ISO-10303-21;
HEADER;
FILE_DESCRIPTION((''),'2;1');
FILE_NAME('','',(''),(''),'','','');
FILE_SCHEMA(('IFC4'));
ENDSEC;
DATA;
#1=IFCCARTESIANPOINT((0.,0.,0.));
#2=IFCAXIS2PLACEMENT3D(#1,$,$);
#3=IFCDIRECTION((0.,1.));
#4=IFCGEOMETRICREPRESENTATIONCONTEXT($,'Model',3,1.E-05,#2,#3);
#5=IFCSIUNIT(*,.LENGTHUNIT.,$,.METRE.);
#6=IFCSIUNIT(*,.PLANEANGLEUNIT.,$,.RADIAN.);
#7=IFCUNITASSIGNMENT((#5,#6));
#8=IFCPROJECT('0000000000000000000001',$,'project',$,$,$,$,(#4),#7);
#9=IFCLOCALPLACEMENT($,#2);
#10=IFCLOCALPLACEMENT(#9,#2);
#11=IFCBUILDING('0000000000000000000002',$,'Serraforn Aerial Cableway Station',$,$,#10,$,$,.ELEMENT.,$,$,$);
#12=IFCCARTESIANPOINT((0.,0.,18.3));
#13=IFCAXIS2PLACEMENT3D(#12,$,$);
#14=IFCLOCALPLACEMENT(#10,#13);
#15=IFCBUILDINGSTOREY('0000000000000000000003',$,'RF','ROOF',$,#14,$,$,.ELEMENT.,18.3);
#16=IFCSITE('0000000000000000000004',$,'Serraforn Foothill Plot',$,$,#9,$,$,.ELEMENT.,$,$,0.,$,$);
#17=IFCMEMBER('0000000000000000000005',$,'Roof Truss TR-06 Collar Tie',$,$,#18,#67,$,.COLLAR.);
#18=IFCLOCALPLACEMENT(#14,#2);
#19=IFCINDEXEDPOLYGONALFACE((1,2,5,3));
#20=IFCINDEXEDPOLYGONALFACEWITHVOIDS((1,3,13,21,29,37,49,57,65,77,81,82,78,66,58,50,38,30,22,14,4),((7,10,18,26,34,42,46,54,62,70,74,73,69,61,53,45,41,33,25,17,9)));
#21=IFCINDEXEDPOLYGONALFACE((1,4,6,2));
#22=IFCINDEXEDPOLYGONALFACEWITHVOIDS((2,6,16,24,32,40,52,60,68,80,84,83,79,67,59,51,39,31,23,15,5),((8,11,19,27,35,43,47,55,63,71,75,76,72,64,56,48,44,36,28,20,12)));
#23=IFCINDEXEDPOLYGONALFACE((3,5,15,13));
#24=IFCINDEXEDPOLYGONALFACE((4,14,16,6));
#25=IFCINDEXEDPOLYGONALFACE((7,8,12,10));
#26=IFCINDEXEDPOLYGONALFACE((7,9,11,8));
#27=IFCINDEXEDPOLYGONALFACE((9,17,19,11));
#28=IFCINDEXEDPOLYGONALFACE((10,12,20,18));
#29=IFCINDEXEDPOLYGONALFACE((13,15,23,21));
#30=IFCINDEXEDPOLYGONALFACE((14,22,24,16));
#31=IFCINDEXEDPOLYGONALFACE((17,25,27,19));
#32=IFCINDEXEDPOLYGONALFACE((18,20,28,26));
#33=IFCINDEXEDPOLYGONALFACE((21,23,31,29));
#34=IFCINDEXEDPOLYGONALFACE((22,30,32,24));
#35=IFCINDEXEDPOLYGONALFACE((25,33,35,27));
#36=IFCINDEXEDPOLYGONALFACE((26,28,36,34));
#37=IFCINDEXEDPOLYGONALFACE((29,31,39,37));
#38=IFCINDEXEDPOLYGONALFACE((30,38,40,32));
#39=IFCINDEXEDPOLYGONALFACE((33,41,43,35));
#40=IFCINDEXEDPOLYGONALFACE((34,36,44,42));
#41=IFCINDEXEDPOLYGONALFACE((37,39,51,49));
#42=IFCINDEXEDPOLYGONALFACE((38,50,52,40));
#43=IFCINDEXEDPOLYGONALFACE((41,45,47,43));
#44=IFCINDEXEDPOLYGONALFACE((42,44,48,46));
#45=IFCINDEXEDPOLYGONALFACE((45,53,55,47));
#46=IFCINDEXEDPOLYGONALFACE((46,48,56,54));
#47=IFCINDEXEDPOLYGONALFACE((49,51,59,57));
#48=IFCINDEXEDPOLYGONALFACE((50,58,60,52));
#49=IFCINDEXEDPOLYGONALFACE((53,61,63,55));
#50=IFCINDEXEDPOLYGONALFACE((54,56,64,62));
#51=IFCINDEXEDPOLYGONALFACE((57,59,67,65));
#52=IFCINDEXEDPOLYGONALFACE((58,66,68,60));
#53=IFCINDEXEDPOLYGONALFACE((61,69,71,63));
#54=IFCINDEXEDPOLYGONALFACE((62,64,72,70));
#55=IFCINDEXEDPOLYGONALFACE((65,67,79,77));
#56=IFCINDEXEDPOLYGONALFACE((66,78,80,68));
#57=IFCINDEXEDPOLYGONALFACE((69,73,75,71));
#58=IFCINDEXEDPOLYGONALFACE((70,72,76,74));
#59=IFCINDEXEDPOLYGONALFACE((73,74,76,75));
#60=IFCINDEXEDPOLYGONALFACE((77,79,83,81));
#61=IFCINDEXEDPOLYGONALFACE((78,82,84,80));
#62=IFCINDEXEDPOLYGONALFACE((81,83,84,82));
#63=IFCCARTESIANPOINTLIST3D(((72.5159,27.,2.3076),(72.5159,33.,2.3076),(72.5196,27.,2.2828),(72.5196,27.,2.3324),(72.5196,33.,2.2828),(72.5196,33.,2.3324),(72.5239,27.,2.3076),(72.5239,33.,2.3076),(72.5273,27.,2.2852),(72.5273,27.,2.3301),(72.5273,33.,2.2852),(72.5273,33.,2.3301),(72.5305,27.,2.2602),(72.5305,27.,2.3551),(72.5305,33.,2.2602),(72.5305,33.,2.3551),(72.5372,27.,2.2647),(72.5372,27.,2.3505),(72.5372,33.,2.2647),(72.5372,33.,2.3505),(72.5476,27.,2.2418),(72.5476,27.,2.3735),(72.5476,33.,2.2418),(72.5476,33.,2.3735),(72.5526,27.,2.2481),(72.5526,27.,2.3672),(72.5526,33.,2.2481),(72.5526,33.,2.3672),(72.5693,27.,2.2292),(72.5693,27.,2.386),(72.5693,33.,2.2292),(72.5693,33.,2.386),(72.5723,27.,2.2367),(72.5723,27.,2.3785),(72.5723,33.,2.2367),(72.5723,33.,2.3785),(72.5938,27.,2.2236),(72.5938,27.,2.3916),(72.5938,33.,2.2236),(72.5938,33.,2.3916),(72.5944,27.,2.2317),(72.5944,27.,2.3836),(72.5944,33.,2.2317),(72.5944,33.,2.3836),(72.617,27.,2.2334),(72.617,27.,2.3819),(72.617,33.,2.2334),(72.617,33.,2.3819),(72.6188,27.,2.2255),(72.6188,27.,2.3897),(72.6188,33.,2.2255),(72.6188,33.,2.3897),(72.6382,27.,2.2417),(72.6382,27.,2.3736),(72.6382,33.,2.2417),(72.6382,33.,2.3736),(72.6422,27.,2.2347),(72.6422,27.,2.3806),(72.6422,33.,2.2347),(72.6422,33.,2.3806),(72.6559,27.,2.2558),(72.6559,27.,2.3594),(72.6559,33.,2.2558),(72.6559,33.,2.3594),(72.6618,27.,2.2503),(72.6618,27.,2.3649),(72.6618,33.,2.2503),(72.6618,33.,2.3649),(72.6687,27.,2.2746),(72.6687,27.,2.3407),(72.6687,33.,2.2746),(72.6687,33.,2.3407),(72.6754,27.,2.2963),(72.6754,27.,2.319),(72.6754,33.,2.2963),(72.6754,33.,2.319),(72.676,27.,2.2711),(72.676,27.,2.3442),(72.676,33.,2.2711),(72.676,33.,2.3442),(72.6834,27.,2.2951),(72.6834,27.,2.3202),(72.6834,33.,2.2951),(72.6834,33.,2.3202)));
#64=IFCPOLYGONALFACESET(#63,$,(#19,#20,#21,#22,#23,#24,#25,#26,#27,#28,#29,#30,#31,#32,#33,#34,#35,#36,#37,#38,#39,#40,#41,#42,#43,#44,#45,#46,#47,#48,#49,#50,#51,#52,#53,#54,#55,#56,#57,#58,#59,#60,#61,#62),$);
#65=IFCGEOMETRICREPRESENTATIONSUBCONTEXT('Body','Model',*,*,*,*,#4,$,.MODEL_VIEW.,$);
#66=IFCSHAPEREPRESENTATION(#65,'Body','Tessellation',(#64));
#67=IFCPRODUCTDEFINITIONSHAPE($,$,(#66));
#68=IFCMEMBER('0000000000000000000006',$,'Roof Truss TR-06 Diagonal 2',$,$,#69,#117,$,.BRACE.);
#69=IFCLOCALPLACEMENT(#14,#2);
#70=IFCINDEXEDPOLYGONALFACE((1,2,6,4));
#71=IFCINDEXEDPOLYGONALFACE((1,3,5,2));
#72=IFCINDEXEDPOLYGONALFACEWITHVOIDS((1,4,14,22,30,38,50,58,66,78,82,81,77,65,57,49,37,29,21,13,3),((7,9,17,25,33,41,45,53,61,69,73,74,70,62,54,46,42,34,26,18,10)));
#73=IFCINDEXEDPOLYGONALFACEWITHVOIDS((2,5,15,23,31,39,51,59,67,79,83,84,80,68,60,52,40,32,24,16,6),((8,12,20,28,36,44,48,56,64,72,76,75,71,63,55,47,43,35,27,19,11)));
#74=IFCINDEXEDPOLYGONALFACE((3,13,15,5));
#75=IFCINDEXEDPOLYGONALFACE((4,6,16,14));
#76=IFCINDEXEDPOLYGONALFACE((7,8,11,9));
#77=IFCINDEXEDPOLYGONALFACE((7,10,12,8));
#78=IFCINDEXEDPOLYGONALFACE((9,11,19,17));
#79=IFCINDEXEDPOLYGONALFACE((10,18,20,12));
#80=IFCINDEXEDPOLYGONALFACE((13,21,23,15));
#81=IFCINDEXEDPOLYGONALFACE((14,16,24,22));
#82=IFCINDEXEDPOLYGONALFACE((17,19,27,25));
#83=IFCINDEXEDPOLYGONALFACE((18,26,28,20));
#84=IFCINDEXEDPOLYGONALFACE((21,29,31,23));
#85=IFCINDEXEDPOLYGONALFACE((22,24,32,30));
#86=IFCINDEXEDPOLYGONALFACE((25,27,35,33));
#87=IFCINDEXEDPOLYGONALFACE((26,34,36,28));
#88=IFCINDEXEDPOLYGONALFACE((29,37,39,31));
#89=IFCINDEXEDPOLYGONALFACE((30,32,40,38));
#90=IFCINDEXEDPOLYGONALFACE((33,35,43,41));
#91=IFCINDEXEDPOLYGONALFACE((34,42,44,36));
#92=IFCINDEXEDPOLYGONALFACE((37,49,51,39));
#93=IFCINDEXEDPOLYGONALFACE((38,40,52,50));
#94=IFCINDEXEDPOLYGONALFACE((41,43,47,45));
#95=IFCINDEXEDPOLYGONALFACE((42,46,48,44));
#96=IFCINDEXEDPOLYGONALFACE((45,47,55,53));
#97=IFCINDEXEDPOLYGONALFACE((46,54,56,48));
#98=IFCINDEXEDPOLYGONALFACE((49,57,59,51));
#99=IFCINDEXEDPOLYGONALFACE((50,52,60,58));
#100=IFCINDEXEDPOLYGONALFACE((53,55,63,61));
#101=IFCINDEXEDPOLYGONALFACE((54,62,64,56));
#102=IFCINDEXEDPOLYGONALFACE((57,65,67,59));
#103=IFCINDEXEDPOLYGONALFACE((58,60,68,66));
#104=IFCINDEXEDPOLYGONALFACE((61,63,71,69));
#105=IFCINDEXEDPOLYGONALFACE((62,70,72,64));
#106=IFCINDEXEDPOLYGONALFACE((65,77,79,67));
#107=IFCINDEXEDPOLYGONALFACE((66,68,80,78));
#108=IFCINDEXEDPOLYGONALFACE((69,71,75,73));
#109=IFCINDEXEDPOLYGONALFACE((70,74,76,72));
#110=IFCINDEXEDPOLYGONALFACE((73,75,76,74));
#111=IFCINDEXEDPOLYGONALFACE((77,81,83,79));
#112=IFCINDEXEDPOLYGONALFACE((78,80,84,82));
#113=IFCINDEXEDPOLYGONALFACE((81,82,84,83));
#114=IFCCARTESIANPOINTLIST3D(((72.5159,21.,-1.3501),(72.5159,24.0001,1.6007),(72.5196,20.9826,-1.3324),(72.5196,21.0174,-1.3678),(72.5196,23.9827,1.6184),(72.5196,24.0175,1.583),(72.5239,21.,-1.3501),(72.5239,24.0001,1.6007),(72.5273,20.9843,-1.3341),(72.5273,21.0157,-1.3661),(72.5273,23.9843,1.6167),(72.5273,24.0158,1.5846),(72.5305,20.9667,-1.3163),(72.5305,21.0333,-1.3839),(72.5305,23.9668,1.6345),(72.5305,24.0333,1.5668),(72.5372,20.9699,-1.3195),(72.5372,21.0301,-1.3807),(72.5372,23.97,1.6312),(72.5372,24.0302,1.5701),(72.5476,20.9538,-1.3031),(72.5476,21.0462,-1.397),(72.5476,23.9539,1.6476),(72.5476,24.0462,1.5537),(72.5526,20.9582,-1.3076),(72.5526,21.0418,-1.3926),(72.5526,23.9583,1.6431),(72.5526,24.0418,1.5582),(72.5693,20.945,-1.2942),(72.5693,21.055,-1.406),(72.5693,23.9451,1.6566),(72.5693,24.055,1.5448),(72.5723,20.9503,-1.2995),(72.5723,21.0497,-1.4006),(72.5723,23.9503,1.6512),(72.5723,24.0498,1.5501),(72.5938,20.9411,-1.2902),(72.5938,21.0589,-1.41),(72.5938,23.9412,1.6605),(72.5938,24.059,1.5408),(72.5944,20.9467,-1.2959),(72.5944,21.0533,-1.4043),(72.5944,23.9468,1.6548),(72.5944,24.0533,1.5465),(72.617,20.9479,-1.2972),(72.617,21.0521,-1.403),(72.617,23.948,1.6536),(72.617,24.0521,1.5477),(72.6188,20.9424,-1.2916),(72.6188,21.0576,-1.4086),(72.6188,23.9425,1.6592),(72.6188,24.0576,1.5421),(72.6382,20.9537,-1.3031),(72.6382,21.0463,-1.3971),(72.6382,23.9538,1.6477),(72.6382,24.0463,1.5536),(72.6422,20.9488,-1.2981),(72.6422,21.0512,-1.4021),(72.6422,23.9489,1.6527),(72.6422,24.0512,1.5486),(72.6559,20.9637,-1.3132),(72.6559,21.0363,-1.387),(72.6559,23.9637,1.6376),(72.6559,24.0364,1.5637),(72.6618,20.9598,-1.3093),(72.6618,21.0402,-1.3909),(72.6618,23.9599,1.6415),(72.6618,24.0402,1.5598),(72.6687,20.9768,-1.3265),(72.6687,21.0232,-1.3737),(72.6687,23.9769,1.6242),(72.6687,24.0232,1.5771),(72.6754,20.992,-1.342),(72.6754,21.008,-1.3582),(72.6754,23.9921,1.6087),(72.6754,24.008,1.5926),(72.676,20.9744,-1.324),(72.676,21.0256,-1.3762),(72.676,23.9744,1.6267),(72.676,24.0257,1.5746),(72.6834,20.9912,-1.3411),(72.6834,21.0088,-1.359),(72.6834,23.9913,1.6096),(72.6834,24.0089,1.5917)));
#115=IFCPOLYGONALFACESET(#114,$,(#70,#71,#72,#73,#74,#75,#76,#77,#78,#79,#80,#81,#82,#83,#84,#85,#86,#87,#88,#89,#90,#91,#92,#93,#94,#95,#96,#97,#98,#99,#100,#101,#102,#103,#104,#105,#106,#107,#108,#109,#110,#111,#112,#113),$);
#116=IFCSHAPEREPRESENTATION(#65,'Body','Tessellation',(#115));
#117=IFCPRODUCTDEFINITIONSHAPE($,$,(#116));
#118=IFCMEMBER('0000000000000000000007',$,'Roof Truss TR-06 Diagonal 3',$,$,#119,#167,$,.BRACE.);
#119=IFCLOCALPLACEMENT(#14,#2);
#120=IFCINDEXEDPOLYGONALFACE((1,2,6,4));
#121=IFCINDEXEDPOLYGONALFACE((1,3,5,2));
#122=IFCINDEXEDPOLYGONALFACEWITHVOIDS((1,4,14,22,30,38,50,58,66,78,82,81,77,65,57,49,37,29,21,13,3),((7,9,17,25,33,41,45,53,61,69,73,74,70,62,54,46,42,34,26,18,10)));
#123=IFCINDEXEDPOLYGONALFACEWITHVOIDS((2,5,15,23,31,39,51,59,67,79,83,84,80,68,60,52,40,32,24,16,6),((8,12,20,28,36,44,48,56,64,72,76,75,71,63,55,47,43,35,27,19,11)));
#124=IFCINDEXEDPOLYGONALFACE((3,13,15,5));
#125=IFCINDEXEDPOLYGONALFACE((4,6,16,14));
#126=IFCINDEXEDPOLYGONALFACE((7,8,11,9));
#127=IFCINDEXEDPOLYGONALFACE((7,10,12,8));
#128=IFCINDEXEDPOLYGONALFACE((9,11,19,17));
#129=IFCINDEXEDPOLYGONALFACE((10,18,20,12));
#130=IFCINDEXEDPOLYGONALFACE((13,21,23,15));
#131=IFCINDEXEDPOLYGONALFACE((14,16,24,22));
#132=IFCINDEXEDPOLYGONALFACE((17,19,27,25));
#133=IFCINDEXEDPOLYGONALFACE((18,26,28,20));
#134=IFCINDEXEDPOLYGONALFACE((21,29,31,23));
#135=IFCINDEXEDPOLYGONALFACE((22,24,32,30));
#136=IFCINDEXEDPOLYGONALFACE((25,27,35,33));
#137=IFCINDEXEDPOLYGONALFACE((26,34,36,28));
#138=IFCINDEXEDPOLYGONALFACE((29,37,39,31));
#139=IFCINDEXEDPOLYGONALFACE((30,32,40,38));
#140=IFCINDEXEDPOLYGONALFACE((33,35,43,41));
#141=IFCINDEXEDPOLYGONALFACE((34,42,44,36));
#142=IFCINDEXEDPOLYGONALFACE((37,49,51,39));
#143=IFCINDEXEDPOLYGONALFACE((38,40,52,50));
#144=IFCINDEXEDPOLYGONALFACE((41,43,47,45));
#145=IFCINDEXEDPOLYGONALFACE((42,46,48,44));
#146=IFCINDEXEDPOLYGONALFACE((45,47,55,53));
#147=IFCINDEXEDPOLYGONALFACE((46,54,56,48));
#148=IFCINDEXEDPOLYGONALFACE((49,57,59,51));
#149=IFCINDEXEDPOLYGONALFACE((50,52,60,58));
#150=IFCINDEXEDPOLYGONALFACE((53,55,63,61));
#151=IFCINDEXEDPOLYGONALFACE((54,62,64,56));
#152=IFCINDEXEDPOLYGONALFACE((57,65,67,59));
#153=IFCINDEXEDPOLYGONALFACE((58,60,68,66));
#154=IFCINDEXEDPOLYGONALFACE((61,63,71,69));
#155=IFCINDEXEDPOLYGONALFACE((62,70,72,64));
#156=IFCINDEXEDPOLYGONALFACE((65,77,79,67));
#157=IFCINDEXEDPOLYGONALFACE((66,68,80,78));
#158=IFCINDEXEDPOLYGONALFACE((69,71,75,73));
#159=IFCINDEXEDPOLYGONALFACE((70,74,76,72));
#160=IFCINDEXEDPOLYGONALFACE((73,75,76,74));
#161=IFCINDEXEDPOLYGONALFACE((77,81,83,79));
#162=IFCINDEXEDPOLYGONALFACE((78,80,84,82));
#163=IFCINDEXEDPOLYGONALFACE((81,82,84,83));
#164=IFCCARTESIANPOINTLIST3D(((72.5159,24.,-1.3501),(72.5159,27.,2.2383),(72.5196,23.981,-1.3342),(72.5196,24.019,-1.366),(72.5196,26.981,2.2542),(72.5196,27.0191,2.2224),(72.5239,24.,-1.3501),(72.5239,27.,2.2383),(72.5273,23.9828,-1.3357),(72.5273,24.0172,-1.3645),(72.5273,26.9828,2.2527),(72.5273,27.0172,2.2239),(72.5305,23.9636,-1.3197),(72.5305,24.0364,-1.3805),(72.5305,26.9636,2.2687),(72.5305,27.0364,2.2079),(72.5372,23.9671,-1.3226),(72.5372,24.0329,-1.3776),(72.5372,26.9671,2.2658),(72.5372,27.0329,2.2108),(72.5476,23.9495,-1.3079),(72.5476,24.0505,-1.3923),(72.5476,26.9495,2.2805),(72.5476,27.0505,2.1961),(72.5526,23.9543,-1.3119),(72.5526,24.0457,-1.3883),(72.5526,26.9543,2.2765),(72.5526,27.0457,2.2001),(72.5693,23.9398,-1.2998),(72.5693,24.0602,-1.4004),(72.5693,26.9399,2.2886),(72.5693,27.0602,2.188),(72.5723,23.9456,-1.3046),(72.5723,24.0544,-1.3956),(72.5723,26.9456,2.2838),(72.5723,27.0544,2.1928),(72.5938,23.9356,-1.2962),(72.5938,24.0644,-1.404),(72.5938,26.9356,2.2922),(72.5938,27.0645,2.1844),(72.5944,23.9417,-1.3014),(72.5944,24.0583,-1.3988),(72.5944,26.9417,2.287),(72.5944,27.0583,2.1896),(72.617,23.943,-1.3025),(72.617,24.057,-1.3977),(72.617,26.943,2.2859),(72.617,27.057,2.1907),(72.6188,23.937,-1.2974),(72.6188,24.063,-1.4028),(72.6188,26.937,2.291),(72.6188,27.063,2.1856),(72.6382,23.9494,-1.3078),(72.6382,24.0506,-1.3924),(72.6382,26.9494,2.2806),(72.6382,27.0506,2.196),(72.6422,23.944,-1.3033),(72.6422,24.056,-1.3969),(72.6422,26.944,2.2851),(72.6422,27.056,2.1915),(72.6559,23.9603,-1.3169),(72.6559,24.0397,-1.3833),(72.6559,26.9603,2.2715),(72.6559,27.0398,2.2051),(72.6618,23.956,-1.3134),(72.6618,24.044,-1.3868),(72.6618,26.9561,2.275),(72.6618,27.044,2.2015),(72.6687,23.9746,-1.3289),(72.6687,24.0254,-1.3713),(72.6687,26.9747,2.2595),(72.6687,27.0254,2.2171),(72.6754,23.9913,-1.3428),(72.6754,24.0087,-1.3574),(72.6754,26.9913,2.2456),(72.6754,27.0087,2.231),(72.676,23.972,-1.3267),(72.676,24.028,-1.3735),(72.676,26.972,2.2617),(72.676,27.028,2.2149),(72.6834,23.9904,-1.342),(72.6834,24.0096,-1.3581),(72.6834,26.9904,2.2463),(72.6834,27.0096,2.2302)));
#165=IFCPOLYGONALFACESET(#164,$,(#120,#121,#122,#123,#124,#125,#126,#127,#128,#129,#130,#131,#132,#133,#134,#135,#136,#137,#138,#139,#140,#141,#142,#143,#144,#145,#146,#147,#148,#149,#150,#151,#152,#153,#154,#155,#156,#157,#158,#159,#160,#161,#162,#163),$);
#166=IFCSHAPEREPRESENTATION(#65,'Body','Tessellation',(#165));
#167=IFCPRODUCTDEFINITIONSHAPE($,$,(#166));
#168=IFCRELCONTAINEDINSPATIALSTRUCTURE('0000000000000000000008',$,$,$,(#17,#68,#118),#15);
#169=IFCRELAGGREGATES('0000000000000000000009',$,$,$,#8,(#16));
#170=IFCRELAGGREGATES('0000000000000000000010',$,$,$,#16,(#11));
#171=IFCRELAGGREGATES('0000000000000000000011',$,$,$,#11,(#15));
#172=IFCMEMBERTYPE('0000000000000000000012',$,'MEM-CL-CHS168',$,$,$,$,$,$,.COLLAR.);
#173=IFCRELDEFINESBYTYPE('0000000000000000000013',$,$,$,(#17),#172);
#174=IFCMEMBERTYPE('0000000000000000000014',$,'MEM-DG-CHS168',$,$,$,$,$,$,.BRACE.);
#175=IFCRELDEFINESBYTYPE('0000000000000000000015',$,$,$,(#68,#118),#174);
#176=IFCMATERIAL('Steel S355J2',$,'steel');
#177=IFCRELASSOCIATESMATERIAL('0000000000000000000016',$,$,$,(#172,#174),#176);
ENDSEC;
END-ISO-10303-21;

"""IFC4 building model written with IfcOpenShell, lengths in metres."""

from ifc_helpers import new_model, si_unit, direction, frame, origin, origin_2d, place, context, subcontext, project, spatial, hollow_circle, extrude, material, material_profile, profile_set, type_object, element, save


model = new_model("IFC4")

# Units and contexts
model_context = context("Model", 3, precision=1e-05, world=origin(), true_north=direction((0.0, 1.0)))
body_context = subcontext(model_context, "Body", "Model", "MODEL_VIEW")
ifc_project = project(units=[si_unit("LENGTHUNIT", "METRE"), si_unit("PLANEANGLEUNIT", "RADIAN")], contexts=[model_context])

# Site, building, storey
site_placement = place(None, origin())
site = spatial("IfcSite", under=ifc_project, at=site_placement, Name="Serraforn Foothill Plot", CompositionType="ELEMENT", RefElevation=0.0)
building_placement = place(site_placement, origin())
building = spatial("IfcBuilding", under=site, at=building_placement, Name="Serraforn Aerial Cableway Station", CompositionType="ELEMENT")
storey_placement = place(building_placement, frame((0.0, 0.0, 18.3)))
storey = spatial("IfcBuildingStorey", under=building, at=storey_placement, Name="RF", Description="ROOF", CompositionType="ELEMENT", Elevation=18.3)

# Members
ifc_material_1 = material(Name="Steel S355J2", Category="steel")
ifc_material_profile_1 = material_profile(ifc_material_1, hollow_circle(Radius=0.0842, WallThickness=0.0081, at=origin_2d()), Name="CHS 168.3x8.0")
ifc_profile_set_1 = profile_set([ifc_material_profile_1], Name="Steel S355J2")
member_type_1 = type_object("IfcMemberType", Name="MEM-CL-CHS168", PredefinedType="COLLAR", material=ifc_profile_set_1)
member_1_placement = place(storey_placement, frame((72.6001, 27.0, 2.3076), z_axis=(0.0, 1.0, 0.0), x_axis=(-1.0, 0.0, 0.0)))
element("IfcMember", 1, at=member_1_placement, inside=storey, type_object=member_type_1, Name="Roof Truss TR-06 Collar Tie", PredefinedType="COLLAR", context=body_context, shape_type="SweptSolid", body=[
    extrude(hollow_circle(Radius=0.0842, WallThickness=0.0081, at=origin_2d()), origin(), (0.0, 0.0, 1.0), 6.0),
])
ifc_material_profile_2 = material_profile(ifc_material_1, hollow_circle(Radius=0.0842, WallThickness=0.0081, at=origin_2d()), Name="CHS 168.3x8.0")
ifc_profile_set_2 = profile_set([ifc_material_profile_2], Name="Steel S355J2")
member_type_2 = type_object("IfcMemberType", Name="MEM-DG-CHS168", PredefinedType="BRACE", material=ifc_profile_set_2)
member_2_placement = place(storey_placement, frame((72.6001, 21.0, -1.3501), z_axis=(0.0, 0.712942, 0.701223), x_axis=(-1.0, 0.0, 0.0)))
element("IfcMember", 2, at=member_2_placement, inside=storey, type_object=member_type_2, Name="Roof Truss TR-06 Diagonal 2", PredefinedType="BRACE", context=body_context, shape_type="SweptSolid", body=[
    extrude(hollow_circle(Radius=0.0842, WallThickness=0.0081, at=origin_2d()), origin(), (0.0, 0.0, 1.0), 4.208),
])
member_3_placement = place(storey_placement, frame((72.6001, 24.0, -1.3501), z_axis=(0.0, 0.641406, 0.767202), x_axis=(-1.0, 0.0, 0.0)))
element("IfcMember", 3, at=member_3_placement, inside=storey, type_object=member_type_2, Name="Roof Truss TR-06 Diagonal 3", PredefinedType="BRACE", context=body_context, shape_type="SweptSolid", body=[
    extrude(hollow_circle(Radius=0.0842, WallThickness=0.0081, at=origin_2d()), origin(), (0.0, 0.0, 1.0), 4.6772),
])

save(model, "model.ifc")
